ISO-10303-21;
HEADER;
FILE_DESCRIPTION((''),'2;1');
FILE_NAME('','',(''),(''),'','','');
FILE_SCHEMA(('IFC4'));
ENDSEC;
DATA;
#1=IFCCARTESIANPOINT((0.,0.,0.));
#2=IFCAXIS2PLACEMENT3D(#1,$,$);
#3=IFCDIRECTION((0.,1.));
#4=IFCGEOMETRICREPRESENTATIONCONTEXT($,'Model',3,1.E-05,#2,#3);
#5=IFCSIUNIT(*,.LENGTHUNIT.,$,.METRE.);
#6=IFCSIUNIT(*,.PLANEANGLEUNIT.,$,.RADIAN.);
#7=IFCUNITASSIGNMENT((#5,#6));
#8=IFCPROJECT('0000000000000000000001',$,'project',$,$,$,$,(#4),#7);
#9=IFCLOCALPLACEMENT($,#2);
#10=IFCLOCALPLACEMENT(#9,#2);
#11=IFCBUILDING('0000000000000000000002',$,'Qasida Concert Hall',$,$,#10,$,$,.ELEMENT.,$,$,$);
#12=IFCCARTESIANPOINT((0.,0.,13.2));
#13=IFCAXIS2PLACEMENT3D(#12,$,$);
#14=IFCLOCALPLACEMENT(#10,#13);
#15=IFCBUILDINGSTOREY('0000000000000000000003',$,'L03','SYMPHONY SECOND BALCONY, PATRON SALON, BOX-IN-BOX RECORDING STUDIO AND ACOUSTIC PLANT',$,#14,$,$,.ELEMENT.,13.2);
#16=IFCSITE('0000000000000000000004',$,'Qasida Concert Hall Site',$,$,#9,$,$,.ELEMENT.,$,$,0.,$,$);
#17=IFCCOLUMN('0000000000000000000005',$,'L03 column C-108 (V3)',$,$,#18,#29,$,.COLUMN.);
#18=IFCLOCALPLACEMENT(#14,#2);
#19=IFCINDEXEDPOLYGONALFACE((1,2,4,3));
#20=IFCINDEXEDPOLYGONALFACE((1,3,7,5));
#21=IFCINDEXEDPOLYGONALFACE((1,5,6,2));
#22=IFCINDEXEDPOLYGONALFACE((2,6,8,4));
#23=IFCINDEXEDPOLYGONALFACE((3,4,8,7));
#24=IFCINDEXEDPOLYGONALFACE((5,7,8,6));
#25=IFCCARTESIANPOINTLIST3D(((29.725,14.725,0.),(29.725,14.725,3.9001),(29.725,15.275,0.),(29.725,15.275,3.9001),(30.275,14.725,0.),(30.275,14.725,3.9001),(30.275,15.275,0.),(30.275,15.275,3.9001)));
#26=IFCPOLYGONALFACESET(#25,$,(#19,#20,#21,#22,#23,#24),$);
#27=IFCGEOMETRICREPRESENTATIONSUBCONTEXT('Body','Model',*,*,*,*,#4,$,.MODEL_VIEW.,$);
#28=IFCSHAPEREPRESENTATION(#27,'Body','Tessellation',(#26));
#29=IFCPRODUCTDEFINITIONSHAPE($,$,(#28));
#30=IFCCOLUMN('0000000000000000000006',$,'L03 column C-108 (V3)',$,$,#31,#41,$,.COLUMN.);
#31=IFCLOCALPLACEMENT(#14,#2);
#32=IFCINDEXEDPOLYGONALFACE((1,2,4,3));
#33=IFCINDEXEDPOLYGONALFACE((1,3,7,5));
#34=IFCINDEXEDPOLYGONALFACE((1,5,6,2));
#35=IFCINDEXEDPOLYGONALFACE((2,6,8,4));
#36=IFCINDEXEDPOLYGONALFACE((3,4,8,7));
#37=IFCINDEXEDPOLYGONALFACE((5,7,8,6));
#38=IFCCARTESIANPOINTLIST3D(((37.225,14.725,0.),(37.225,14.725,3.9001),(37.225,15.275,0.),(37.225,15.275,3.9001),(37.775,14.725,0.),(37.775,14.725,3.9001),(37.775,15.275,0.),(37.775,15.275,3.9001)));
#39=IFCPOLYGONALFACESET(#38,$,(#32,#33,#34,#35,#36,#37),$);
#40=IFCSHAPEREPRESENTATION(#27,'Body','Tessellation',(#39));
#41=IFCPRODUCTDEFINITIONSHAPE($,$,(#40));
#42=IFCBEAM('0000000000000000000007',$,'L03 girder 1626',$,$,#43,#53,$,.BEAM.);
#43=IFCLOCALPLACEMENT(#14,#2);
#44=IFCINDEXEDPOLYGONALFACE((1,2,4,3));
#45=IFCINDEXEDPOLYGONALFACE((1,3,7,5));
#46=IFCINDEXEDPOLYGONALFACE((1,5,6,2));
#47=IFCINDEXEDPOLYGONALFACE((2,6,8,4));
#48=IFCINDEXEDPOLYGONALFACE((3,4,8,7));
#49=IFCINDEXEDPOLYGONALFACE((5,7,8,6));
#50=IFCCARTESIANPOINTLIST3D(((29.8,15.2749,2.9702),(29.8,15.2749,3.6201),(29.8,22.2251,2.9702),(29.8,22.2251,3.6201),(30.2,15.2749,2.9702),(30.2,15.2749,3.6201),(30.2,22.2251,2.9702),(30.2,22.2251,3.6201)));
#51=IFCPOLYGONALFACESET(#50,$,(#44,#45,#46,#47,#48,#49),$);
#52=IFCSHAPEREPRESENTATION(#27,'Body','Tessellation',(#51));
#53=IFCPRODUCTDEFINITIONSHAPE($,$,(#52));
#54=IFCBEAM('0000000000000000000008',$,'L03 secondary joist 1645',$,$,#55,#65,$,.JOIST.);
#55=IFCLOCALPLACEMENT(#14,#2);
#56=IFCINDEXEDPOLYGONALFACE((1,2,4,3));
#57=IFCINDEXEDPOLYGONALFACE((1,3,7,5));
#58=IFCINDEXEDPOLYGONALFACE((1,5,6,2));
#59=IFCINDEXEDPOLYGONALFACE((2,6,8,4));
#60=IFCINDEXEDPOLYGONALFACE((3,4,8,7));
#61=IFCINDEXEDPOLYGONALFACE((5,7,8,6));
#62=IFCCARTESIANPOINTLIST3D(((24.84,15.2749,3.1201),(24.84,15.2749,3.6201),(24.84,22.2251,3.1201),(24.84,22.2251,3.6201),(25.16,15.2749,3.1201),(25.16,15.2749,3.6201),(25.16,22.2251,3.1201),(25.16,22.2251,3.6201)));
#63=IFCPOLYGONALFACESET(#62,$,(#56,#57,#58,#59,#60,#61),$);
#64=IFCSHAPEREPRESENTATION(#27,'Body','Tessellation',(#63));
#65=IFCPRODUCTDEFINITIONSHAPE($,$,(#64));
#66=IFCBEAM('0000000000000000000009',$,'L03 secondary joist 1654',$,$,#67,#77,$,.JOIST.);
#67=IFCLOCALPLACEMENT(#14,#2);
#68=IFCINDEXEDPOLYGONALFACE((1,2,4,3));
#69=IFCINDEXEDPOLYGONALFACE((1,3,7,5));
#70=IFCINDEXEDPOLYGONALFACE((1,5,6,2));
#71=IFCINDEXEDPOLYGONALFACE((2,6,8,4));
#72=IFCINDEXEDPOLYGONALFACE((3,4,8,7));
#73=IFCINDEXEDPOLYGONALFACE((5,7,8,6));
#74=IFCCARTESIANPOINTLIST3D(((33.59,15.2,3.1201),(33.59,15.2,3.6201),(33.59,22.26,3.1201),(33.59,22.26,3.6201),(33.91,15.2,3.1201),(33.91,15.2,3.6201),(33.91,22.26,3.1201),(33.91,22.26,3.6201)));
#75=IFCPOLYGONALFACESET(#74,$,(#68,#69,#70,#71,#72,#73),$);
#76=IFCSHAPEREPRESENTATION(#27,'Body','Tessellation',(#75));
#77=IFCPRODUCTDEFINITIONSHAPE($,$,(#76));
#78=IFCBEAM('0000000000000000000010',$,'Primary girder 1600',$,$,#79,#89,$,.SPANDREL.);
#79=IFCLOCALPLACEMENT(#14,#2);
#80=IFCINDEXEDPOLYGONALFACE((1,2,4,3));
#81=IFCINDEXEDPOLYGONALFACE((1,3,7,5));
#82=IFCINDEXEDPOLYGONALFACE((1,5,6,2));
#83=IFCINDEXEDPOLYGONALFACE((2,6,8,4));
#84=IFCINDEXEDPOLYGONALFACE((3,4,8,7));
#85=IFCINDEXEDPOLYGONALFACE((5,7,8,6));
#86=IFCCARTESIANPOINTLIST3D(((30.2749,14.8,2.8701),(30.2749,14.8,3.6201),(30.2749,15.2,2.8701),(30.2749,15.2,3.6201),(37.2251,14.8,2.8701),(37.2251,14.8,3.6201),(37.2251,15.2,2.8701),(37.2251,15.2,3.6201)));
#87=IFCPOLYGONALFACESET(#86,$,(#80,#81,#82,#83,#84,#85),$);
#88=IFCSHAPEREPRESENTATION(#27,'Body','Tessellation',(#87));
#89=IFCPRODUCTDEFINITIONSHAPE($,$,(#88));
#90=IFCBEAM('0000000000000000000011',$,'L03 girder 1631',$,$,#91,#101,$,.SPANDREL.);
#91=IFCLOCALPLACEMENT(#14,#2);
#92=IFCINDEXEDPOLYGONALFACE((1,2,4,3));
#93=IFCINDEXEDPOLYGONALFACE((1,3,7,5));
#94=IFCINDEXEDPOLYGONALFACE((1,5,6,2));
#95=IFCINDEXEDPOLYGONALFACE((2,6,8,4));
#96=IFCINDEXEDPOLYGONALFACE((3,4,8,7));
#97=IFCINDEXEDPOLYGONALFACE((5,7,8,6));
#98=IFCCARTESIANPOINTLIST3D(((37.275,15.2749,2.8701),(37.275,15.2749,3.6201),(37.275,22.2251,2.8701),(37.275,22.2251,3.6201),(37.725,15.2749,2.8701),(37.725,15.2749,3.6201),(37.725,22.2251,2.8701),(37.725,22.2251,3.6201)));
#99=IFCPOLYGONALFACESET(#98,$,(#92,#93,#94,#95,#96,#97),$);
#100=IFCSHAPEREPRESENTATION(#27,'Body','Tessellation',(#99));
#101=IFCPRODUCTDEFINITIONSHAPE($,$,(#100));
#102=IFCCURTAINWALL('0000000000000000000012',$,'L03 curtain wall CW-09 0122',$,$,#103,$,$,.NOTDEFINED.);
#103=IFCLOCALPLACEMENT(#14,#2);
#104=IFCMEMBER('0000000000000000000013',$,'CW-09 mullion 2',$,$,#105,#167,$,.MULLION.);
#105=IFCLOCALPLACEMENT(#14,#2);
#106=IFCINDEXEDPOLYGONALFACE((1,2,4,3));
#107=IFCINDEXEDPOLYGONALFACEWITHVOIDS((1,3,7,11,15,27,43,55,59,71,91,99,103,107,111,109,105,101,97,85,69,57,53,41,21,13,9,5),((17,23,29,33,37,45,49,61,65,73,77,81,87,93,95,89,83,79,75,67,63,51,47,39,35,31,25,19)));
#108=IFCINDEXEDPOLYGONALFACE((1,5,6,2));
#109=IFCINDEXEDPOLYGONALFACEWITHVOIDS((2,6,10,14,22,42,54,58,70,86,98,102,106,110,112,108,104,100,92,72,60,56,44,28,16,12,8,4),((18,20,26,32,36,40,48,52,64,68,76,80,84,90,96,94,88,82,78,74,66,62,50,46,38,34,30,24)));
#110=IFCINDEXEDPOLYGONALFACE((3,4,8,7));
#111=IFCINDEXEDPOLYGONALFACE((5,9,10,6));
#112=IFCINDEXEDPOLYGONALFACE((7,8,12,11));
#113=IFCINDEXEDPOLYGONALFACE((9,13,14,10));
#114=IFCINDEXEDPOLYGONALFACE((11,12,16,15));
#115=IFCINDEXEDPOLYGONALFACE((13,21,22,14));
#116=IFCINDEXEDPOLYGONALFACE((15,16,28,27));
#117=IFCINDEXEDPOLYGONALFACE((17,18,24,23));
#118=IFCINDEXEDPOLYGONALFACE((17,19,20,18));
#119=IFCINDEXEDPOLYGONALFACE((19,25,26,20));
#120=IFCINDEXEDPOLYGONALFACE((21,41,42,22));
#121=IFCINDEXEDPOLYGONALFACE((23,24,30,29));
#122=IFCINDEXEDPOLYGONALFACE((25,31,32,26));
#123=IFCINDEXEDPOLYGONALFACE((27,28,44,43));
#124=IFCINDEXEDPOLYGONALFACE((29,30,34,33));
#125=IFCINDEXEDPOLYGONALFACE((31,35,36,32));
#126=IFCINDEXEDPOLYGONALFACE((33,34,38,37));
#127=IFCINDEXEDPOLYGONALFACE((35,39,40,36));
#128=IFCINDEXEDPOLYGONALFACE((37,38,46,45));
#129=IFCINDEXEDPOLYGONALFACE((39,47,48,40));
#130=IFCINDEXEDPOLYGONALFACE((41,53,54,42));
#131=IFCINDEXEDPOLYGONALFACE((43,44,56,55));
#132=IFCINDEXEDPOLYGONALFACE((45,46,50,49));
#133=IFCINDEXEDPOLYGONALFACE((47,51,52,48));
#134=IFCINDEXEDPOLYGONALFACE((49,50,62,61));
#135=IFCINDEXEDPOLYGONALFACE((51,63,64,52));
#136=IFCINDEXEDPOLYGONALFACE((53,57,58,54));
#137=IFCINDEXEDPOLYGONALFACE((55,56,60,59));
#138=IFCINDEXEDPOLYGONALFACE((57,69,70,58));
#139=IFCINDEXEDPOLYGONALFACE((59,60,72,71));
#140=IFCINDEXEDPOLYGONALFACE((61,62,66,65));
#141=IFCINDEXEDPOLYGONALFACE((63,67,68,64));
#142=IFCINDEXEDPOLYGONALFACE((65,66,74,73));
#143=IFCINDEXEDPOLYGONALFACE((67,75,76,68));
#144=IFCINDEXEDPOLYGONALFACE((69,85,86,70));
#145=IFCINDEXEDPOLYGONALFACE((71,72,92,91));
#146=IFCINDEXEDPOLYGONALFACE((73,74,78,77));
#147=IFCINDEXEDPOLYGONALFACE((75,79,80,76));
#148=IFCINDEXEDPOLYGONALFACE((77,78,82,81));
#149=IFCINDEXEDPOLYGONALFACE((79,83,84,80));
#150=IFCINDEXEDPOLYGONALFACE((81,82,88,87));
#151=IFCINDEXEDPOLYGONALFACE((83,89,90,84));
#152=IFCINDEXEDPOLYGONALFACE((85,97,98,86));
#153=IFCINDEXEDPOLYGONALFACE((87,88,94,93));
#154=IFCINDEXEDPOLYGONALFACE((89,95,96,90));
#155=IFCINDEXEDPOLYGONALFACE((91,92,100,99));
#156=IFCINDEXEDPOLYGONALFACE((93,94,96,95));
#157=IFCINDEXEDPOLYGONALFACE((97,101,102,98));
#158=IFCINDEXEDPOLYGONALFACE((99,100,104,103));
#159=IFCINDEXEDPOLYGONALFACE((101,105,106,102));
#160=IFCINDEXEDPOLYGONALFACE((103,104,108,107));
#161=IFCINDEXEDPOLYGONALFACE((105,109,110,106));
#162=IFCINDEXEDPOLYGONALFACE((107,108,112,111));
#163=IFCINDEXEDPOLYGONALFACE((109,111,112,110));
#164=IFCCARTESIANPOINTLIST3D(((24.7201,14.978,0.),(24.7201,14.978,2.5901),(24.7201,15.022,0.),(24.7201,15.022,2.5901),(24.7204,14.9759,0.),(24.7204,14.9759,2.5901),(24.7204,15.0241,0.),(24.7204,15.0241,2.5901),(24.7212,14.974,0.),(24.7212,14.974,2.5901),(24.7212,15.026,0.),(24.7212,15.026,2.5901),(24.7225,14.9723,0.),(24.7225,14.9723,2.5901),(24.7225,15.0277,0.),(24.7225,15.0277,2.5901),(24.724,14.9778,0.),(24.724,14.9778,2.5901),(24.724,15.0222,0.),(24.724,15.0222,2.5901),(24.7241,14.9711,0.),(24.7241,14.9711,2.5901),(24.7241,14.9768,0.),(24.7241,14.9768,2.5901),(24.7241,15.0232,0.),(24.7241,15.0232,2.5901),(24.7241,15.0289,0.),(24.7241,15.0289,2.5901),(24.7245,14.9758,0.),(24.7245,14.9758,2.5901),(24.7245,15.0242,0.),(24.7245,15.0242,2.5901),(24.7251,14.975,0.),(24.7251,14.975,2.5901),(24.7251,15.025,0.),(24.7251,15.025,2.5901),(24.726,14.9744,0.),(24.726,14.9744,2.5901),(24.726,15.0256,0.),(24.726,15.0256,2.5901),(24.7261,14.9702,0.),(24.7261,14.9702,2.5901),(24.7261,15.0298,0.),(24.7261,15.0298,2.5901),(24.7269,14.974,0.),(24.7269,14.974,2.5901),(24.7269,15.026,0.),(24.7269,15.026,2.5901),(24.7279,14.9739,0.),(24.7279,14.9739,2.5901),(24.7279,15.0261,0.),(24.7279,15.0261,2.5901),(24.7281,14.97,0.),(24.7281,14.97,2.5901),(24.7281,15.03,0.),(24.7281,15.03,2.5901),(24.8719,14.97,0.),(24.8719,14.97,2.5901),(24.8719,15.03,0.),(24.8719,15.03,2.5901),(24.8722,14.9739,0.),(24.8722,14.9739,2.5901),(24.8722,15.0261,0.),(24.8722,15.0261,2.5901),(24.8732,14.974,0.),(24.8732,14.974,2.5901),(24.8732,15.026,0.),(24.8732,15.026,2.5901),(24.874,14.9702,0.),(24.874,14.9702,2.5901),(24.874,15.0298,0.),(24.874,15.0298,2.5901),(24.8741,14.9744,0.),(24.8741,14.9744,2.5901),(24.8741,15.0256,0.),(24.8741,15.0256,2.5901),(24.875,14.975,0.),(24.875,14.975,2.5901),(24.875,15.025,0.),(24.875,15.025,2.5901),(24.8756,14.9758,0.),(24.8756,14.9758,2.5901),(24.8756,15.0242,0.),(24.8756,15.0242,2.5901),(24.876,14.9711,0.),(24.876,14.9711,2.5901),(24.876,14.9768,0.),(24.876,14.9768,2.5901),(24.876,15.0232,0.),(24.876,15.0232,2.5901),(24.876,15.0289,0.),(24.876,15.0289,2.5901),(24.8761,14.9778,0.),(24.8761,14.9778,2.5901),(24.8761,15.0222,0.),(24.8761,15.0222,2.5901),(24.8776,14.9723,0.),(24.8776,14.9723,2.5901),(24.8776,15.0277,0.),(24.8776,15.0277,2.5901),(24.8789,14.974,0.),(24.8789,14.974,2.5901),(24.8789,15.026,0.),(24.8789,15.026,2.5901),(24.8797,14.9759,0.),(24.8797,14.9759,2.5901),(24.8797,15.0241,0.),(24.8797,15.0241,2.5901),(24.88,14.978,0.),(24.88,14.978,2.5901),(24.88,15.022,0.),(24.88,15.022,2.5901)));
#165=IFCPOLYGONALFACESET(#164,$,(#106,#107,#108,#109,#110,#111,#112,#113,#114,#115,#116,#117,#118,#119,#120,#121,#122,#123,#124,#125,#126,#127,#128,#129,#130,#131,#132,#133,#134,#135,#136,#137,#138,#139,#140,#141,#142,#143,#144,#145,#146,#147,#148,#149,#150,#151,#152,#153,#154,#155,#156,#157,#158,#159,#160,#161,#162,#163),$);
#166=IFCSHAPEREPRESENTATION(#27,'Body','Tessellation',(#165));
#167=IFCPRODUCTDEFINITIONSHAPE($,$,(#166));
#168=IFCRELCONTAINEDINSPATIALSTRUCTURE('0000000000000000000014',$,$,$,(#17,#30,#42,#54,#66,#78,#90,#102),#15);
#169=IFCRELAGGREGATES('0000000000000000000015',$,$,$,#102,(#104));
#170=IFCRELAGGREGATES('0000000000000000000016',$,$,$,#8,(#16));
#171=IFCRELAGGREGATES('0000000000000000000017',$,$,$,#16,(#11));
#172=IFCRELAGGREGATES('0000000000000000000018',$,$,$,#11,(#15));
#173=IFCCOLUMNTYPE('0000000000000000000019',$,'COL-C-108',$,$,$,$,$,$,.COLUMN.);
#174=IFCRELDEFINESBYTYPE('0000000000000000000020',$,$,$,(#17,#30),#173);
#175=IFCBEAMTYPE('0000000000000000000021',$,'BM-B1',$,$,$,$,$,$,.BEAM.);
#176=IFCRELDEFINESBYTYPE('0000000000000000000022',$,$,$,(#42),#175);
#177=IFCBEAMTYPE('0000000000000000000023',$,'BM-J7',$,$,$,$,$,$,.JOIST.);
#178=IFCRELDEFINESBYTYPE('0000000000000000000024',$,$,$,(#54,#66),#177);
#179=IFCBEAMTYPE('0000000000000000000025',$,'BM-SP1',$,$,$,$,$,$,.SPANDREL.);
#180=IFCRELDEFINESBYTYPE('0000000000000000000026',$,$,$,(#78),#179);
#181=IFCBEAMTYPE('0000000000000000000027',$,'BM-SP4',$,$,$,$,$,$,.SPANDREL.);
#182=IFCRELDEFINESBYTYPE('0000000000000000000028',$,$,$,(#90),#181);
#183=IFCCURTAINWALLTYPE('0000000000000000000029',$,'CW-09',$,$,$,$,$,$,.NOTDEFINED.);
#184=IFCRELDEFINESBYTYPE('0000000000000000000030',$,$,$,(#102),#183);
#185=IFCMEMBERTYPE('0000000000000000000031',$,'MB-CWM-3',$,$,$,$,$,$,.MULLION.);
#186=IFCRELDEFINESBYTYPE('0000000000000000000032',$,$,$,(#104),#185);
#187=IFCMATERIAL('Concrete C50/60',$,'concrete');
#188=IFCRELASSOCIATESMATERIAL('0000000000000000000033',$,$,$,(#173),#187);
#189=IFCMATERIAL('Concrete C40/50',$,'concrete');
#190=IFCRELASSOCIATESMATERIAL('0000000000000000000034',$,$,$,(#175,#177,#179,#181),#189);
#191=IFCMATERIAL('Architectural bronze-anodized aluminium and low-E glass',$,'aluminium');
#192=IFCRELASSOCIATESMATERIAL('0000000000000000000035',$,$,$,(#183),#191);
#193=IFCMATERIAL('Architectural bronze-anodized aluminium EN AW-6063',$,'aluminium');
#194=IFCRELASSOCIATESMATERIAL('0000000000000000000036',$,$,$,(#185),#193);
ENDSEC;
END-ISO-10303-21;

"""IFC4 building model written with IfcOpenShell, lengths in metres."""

from ifc_helpers import new_model, si_unit, direction, frame, origin, origin_2d, place, context, subcontext, project, spatial, rectangle, hollow_rectangle, extrude, material, material_profile, profile_set, type_object, element, aggregate, save


model = new_model("IFC4")

# Units and contexts
model_context = context("Model", 3, precision=1e-05, world=origin(), true_north=direction((0.0, 1.0)))
body_context = subcontext(model_context, "Body", "Model", "MODEL_VIEW")
ifc_project = project(units=[si_unit("LENGTHUNIT", "METRE"), si_unit("PLANEANGLEUNIT", "RADIAN")], contexts=[model_context])

# Site, building, storey
site_placement = place(None, origin())
site = spatial("IfcSite", under=ifc_project, at=site_placement, Name="Qasida Concert Hall Site", CompositionType="ELEMENT", RefElevation=0.0)
building_placement = place(site_placement, origin())
building = spatial("IfcBuilding", under=site, at=building_placement, Name="Qasida Concert Hall", CompositionType="ELEMENT")
storey_placement = place(building_placement, frame((0.0, 0.0, 13.2)))
storey = spatial("IfcBuildingStorey", under=building, at=storey_placement, Name="L03", Description="SYMPHONY SECOND BALCONY, PATRON SALON, BOX-IN-BOX RECORDING STUDIO AND ACOUSTIC PLANT", CompositionType="ELEMENT", Elevation=13.2)

# Columns
ifc_material_1 = material(Name="Concrete C50/60", Category="concrete")
ifc_material_profile_1 = material_profile(ifc_material_1, rectangle(XDim=0.55, YDim=0.55, at=origin_2d()), Name="RC 550x550")
ifc_profile_set_1 = profile_set([ifc_material_profile_1], Name="Concrete C50/60")
column_type = type_object("IfcColumnType", Name="COL-C-108", PredefinedType="COLUMN", material=ifc_profile_set_1)
for number, where, z_axis, x_axis, name in (
    (1, (30.0, 15.0, 0.0), (0.0, 0.0, 1.0), (1.0, 0.0, 0.0), "L03 column C-108 (V3)"),
    (2, (37.5, 15.0, 0.0), (0.0, 0.0, 1.0), (1.0, 0.0, 0.0), "L03 column C-108 (V3)"),
):
    element("IfcColumn", number, at=place(storey_placement, frame(where, z_axis=z_axis, x_axis=x_axis)), inside=storey, type_object=column_type, Name=name, PredefinedType="COLUMN", context=body_context, shape_type="SweptSolid", body=[
        extrude(rectangle(XDim=0.55, YDim=0.55, at=origin_2d()), origin(), (0.0, 0.0, 1.0), 3.9001),
    ])

# Beams
ifc_material_2 = material(Name="Concrete C40/50", Category="concrete")
ifc_material_profile_2 = material_profile(ifc_material_2, rectangle(XDim=0.3999, YDim=0.6499, at=origin_2d()), Name="RC 400x650")
ifc_profile_set_2 = profile_set([ifc_material_profile_2], Name="Concrete C40/50")
beam_type_1 = type_object("IfcBeamType", Name="BM-B1", PredefinedType="BEAM", material=ifc_profile_set_2)
beam_1_placement = place(storey_placement, frame((30.0, 15.2749, 3.2952), z_axis=(0.0, 1.0, 0.0), x_axis=(-1.0, 0.0, 0.0)))
element("IfcBeam", 3, at=beam_1_placement, inside=storey, type_object=beam_type_1, Name="L03 girder 1626", PredefinedType="BEAM", context=body_context, shape_type="SweptSolid", body=[
    extrude(rectangle(XDim=0.3999, YDim=0.6499, at=origin_2d()), origin(), (0.0, 0.0, 1.0), 6.9502),
])
ifc_material_profile_3 = material_profile(ifc_material_2, rectangle(XDim=0.3201, YDim=0.5, at=origin_2d()), Name="RC 320x500")
ifc_profile_set_3 = profile_set([ifc_material_profile_3], Name="Concrete C40/50")
beam_type_2 = type_object("IfcBeamType", Name="BM-J7", PredefinedType="JOIST", material=ifc_profile_set_3)
beam_2_placement = place(storey_placement, frame((25.0, 15.2749, 3.3701), z_axis=(0.0, 1.0, 0.0), x_axis=(-1.0, 0.0, 0.0)))
element("IfcBeam", 4, at=beam_2_placement, inside=storey, type_object=beam_type_2, Name="L03 secondary joist 1645", PredefinedType="JOIST", context=body_context, shape_type="SweptSolid", body=[
    extrude(rectangle(XDim=0.3201, YDim=0.5, at=origin_2d()), origin(), (0.0, 0.0, 1.0), 6.9502),
])
beam_3_placement = place(storey_placement, frame((33.75, 15.2, 3.3701), z_axis=(0.0, 1.0, 0.0), x_axis=(-1.0, 0.0, 0.0)))
element("IfcBeam", 5, at=beam_3_placement, inside=storey, type_object=beam_type_2, Name="L03 secondary joist 1654", PredefinedType="JOIST", context=body_context, shape_type="SweptSolid", body=[
    extrude(rectangle(XDim=0.3201, YDim=0.5, at=origin_2d()), origin(), (0.0, 0.0, 1.0), 7.0601),
])
ifc_material_profile_4 = material_profile(ifc_material_2, rectangle(XDim=0.3999, YDim=0.75, at=origin_2d()), Name="RC 400x750")
ifc_profile_set_4 = profile_set([ifc_material_profile_4], Name="Concrete C40/50")
beam_type_3 = type_object("IfcBeamType", Name="BM-SP1", PredefinedType="SPANDREL", material=ifc_profile_set_4)
beam_4_placement = place(storey_placement, frame((30.2749, 15.0, 3.2451), z_axis=(1.0, 0.0, 0.0), x_axis=(0.0, 1.0, 0.0)))
element("IfcBeam", 6, at=beam_4_placement, inside=storey, type_object=beam_type_3, Name="Primary girder 1600", PredefinedType="SPANDREL", context=body_context, shape_type="SweptSolid", body=[
    extrude(rectangle(XDim=0.3999, YDim=0.75, at=origin_2d()), origin(), (0.0, 0.0, 1.0), 6.9502),
])
ifc_material_profile_5 = material_profile(ifc_material_2, rectangle(XDim=0.45, YDim=0.75, at=origin_2d()), Name="RC 450x750")
ifc_profile_set_5 = profile_set([ifc_material_profile_5], Name="Concrete C40/50")
beam_type_4 = type_object("IfcBeamType", Name="BM-SP4", PredefinedType="SPANDREL", material=ifc_profile_set_5)
beam_5_placement = place(storey_placement, frame((37.5, 15.2749, 3.2451), z_axis=(0.0, 1.0, 0.0), x_axis=(-1.0, 0.0, 0.0)))
element("IfcBeam", 7, at=beam_5_placement, inside=storey, type_object=beam_type_4, Name="L03 girder 1631", PredefinedType="SPANDREL", context=body_context, shape_type="SweptSolid", body=[
    extrude(rectangle(XDim=0.45, YDim=0.75, at=origin_2d()), origin(), (0.0, 0.0, 1.0), 6.9502),
])

# Curtain wall, member
ifc_material_3 = material(Name="Architectural bronze-anodized aluminium and low-E glass", Category="aluminium")
curtain_wall_type = type_object("IfcCurtainWallType", Name="CW-09", PredefinedType="NOTDEFINED", material=ifc_material_3)
curtain_wall_1_placement = place(storey_placement, origin())
curtain_wall_1 = element("IfcCurtainWall", 8, at=curtain_wall_1_placement, inside=storey, type_object=curtain_wall_type, Name="L03 curtain wall CW-09 0122", PredefinedType="NOTDEFINED")
ifc_material_4 = material(Name="Architectural bronze-anodized aluminium EN AW-6063", Category="aluminium")
ifc_material_profile_6 = material_profile(ifc_material_4, hollow_rectangle(XDim=0.0601, YDim=0.1599, WallThickness=0.0039, InnerFilletRadius=0.0039, OuterFilletRadius=0.0081, at=origin_2d()), Name="CWM 160x60x4")
ifc_profile_set_6 = profile_set([ifc_material_profile_6], Name="Architectural bronze-anodized aluminium EN AW-6063")
member_type_1 = type_object("IfcMemberType", Name="MB-CWM-3", PredefinedType="MULLION", material=ifc_profile_set_6)
member_1_placement = place(storey_placement, frame((24.8, 15.0, 0.0), z_axis=(0.0, 0.0, 1.0), x_axis=(0.0, 1.0, 0.0)))
member_1 = element("IfcMember", 9, at=member_1_placement, type_object=member_type_1, Name="CW-09 mullion 2", PredefinedType="MULLION", context=body_context, shape_type="SweptSolid", body=[
    extrude(hollow_rectangle(XDim=0.0601, YDim=0.1599, WallThickness=0.0039, InnerFilletRadius=0.0039, OuterFilletRadius=0.0081, at=origin_2d()), origin(), (0.0, 0.0, 1.0), 2.5901),
])

aggregate(curtain_wall_1, [member_1])

save(model, "model.ifc")
